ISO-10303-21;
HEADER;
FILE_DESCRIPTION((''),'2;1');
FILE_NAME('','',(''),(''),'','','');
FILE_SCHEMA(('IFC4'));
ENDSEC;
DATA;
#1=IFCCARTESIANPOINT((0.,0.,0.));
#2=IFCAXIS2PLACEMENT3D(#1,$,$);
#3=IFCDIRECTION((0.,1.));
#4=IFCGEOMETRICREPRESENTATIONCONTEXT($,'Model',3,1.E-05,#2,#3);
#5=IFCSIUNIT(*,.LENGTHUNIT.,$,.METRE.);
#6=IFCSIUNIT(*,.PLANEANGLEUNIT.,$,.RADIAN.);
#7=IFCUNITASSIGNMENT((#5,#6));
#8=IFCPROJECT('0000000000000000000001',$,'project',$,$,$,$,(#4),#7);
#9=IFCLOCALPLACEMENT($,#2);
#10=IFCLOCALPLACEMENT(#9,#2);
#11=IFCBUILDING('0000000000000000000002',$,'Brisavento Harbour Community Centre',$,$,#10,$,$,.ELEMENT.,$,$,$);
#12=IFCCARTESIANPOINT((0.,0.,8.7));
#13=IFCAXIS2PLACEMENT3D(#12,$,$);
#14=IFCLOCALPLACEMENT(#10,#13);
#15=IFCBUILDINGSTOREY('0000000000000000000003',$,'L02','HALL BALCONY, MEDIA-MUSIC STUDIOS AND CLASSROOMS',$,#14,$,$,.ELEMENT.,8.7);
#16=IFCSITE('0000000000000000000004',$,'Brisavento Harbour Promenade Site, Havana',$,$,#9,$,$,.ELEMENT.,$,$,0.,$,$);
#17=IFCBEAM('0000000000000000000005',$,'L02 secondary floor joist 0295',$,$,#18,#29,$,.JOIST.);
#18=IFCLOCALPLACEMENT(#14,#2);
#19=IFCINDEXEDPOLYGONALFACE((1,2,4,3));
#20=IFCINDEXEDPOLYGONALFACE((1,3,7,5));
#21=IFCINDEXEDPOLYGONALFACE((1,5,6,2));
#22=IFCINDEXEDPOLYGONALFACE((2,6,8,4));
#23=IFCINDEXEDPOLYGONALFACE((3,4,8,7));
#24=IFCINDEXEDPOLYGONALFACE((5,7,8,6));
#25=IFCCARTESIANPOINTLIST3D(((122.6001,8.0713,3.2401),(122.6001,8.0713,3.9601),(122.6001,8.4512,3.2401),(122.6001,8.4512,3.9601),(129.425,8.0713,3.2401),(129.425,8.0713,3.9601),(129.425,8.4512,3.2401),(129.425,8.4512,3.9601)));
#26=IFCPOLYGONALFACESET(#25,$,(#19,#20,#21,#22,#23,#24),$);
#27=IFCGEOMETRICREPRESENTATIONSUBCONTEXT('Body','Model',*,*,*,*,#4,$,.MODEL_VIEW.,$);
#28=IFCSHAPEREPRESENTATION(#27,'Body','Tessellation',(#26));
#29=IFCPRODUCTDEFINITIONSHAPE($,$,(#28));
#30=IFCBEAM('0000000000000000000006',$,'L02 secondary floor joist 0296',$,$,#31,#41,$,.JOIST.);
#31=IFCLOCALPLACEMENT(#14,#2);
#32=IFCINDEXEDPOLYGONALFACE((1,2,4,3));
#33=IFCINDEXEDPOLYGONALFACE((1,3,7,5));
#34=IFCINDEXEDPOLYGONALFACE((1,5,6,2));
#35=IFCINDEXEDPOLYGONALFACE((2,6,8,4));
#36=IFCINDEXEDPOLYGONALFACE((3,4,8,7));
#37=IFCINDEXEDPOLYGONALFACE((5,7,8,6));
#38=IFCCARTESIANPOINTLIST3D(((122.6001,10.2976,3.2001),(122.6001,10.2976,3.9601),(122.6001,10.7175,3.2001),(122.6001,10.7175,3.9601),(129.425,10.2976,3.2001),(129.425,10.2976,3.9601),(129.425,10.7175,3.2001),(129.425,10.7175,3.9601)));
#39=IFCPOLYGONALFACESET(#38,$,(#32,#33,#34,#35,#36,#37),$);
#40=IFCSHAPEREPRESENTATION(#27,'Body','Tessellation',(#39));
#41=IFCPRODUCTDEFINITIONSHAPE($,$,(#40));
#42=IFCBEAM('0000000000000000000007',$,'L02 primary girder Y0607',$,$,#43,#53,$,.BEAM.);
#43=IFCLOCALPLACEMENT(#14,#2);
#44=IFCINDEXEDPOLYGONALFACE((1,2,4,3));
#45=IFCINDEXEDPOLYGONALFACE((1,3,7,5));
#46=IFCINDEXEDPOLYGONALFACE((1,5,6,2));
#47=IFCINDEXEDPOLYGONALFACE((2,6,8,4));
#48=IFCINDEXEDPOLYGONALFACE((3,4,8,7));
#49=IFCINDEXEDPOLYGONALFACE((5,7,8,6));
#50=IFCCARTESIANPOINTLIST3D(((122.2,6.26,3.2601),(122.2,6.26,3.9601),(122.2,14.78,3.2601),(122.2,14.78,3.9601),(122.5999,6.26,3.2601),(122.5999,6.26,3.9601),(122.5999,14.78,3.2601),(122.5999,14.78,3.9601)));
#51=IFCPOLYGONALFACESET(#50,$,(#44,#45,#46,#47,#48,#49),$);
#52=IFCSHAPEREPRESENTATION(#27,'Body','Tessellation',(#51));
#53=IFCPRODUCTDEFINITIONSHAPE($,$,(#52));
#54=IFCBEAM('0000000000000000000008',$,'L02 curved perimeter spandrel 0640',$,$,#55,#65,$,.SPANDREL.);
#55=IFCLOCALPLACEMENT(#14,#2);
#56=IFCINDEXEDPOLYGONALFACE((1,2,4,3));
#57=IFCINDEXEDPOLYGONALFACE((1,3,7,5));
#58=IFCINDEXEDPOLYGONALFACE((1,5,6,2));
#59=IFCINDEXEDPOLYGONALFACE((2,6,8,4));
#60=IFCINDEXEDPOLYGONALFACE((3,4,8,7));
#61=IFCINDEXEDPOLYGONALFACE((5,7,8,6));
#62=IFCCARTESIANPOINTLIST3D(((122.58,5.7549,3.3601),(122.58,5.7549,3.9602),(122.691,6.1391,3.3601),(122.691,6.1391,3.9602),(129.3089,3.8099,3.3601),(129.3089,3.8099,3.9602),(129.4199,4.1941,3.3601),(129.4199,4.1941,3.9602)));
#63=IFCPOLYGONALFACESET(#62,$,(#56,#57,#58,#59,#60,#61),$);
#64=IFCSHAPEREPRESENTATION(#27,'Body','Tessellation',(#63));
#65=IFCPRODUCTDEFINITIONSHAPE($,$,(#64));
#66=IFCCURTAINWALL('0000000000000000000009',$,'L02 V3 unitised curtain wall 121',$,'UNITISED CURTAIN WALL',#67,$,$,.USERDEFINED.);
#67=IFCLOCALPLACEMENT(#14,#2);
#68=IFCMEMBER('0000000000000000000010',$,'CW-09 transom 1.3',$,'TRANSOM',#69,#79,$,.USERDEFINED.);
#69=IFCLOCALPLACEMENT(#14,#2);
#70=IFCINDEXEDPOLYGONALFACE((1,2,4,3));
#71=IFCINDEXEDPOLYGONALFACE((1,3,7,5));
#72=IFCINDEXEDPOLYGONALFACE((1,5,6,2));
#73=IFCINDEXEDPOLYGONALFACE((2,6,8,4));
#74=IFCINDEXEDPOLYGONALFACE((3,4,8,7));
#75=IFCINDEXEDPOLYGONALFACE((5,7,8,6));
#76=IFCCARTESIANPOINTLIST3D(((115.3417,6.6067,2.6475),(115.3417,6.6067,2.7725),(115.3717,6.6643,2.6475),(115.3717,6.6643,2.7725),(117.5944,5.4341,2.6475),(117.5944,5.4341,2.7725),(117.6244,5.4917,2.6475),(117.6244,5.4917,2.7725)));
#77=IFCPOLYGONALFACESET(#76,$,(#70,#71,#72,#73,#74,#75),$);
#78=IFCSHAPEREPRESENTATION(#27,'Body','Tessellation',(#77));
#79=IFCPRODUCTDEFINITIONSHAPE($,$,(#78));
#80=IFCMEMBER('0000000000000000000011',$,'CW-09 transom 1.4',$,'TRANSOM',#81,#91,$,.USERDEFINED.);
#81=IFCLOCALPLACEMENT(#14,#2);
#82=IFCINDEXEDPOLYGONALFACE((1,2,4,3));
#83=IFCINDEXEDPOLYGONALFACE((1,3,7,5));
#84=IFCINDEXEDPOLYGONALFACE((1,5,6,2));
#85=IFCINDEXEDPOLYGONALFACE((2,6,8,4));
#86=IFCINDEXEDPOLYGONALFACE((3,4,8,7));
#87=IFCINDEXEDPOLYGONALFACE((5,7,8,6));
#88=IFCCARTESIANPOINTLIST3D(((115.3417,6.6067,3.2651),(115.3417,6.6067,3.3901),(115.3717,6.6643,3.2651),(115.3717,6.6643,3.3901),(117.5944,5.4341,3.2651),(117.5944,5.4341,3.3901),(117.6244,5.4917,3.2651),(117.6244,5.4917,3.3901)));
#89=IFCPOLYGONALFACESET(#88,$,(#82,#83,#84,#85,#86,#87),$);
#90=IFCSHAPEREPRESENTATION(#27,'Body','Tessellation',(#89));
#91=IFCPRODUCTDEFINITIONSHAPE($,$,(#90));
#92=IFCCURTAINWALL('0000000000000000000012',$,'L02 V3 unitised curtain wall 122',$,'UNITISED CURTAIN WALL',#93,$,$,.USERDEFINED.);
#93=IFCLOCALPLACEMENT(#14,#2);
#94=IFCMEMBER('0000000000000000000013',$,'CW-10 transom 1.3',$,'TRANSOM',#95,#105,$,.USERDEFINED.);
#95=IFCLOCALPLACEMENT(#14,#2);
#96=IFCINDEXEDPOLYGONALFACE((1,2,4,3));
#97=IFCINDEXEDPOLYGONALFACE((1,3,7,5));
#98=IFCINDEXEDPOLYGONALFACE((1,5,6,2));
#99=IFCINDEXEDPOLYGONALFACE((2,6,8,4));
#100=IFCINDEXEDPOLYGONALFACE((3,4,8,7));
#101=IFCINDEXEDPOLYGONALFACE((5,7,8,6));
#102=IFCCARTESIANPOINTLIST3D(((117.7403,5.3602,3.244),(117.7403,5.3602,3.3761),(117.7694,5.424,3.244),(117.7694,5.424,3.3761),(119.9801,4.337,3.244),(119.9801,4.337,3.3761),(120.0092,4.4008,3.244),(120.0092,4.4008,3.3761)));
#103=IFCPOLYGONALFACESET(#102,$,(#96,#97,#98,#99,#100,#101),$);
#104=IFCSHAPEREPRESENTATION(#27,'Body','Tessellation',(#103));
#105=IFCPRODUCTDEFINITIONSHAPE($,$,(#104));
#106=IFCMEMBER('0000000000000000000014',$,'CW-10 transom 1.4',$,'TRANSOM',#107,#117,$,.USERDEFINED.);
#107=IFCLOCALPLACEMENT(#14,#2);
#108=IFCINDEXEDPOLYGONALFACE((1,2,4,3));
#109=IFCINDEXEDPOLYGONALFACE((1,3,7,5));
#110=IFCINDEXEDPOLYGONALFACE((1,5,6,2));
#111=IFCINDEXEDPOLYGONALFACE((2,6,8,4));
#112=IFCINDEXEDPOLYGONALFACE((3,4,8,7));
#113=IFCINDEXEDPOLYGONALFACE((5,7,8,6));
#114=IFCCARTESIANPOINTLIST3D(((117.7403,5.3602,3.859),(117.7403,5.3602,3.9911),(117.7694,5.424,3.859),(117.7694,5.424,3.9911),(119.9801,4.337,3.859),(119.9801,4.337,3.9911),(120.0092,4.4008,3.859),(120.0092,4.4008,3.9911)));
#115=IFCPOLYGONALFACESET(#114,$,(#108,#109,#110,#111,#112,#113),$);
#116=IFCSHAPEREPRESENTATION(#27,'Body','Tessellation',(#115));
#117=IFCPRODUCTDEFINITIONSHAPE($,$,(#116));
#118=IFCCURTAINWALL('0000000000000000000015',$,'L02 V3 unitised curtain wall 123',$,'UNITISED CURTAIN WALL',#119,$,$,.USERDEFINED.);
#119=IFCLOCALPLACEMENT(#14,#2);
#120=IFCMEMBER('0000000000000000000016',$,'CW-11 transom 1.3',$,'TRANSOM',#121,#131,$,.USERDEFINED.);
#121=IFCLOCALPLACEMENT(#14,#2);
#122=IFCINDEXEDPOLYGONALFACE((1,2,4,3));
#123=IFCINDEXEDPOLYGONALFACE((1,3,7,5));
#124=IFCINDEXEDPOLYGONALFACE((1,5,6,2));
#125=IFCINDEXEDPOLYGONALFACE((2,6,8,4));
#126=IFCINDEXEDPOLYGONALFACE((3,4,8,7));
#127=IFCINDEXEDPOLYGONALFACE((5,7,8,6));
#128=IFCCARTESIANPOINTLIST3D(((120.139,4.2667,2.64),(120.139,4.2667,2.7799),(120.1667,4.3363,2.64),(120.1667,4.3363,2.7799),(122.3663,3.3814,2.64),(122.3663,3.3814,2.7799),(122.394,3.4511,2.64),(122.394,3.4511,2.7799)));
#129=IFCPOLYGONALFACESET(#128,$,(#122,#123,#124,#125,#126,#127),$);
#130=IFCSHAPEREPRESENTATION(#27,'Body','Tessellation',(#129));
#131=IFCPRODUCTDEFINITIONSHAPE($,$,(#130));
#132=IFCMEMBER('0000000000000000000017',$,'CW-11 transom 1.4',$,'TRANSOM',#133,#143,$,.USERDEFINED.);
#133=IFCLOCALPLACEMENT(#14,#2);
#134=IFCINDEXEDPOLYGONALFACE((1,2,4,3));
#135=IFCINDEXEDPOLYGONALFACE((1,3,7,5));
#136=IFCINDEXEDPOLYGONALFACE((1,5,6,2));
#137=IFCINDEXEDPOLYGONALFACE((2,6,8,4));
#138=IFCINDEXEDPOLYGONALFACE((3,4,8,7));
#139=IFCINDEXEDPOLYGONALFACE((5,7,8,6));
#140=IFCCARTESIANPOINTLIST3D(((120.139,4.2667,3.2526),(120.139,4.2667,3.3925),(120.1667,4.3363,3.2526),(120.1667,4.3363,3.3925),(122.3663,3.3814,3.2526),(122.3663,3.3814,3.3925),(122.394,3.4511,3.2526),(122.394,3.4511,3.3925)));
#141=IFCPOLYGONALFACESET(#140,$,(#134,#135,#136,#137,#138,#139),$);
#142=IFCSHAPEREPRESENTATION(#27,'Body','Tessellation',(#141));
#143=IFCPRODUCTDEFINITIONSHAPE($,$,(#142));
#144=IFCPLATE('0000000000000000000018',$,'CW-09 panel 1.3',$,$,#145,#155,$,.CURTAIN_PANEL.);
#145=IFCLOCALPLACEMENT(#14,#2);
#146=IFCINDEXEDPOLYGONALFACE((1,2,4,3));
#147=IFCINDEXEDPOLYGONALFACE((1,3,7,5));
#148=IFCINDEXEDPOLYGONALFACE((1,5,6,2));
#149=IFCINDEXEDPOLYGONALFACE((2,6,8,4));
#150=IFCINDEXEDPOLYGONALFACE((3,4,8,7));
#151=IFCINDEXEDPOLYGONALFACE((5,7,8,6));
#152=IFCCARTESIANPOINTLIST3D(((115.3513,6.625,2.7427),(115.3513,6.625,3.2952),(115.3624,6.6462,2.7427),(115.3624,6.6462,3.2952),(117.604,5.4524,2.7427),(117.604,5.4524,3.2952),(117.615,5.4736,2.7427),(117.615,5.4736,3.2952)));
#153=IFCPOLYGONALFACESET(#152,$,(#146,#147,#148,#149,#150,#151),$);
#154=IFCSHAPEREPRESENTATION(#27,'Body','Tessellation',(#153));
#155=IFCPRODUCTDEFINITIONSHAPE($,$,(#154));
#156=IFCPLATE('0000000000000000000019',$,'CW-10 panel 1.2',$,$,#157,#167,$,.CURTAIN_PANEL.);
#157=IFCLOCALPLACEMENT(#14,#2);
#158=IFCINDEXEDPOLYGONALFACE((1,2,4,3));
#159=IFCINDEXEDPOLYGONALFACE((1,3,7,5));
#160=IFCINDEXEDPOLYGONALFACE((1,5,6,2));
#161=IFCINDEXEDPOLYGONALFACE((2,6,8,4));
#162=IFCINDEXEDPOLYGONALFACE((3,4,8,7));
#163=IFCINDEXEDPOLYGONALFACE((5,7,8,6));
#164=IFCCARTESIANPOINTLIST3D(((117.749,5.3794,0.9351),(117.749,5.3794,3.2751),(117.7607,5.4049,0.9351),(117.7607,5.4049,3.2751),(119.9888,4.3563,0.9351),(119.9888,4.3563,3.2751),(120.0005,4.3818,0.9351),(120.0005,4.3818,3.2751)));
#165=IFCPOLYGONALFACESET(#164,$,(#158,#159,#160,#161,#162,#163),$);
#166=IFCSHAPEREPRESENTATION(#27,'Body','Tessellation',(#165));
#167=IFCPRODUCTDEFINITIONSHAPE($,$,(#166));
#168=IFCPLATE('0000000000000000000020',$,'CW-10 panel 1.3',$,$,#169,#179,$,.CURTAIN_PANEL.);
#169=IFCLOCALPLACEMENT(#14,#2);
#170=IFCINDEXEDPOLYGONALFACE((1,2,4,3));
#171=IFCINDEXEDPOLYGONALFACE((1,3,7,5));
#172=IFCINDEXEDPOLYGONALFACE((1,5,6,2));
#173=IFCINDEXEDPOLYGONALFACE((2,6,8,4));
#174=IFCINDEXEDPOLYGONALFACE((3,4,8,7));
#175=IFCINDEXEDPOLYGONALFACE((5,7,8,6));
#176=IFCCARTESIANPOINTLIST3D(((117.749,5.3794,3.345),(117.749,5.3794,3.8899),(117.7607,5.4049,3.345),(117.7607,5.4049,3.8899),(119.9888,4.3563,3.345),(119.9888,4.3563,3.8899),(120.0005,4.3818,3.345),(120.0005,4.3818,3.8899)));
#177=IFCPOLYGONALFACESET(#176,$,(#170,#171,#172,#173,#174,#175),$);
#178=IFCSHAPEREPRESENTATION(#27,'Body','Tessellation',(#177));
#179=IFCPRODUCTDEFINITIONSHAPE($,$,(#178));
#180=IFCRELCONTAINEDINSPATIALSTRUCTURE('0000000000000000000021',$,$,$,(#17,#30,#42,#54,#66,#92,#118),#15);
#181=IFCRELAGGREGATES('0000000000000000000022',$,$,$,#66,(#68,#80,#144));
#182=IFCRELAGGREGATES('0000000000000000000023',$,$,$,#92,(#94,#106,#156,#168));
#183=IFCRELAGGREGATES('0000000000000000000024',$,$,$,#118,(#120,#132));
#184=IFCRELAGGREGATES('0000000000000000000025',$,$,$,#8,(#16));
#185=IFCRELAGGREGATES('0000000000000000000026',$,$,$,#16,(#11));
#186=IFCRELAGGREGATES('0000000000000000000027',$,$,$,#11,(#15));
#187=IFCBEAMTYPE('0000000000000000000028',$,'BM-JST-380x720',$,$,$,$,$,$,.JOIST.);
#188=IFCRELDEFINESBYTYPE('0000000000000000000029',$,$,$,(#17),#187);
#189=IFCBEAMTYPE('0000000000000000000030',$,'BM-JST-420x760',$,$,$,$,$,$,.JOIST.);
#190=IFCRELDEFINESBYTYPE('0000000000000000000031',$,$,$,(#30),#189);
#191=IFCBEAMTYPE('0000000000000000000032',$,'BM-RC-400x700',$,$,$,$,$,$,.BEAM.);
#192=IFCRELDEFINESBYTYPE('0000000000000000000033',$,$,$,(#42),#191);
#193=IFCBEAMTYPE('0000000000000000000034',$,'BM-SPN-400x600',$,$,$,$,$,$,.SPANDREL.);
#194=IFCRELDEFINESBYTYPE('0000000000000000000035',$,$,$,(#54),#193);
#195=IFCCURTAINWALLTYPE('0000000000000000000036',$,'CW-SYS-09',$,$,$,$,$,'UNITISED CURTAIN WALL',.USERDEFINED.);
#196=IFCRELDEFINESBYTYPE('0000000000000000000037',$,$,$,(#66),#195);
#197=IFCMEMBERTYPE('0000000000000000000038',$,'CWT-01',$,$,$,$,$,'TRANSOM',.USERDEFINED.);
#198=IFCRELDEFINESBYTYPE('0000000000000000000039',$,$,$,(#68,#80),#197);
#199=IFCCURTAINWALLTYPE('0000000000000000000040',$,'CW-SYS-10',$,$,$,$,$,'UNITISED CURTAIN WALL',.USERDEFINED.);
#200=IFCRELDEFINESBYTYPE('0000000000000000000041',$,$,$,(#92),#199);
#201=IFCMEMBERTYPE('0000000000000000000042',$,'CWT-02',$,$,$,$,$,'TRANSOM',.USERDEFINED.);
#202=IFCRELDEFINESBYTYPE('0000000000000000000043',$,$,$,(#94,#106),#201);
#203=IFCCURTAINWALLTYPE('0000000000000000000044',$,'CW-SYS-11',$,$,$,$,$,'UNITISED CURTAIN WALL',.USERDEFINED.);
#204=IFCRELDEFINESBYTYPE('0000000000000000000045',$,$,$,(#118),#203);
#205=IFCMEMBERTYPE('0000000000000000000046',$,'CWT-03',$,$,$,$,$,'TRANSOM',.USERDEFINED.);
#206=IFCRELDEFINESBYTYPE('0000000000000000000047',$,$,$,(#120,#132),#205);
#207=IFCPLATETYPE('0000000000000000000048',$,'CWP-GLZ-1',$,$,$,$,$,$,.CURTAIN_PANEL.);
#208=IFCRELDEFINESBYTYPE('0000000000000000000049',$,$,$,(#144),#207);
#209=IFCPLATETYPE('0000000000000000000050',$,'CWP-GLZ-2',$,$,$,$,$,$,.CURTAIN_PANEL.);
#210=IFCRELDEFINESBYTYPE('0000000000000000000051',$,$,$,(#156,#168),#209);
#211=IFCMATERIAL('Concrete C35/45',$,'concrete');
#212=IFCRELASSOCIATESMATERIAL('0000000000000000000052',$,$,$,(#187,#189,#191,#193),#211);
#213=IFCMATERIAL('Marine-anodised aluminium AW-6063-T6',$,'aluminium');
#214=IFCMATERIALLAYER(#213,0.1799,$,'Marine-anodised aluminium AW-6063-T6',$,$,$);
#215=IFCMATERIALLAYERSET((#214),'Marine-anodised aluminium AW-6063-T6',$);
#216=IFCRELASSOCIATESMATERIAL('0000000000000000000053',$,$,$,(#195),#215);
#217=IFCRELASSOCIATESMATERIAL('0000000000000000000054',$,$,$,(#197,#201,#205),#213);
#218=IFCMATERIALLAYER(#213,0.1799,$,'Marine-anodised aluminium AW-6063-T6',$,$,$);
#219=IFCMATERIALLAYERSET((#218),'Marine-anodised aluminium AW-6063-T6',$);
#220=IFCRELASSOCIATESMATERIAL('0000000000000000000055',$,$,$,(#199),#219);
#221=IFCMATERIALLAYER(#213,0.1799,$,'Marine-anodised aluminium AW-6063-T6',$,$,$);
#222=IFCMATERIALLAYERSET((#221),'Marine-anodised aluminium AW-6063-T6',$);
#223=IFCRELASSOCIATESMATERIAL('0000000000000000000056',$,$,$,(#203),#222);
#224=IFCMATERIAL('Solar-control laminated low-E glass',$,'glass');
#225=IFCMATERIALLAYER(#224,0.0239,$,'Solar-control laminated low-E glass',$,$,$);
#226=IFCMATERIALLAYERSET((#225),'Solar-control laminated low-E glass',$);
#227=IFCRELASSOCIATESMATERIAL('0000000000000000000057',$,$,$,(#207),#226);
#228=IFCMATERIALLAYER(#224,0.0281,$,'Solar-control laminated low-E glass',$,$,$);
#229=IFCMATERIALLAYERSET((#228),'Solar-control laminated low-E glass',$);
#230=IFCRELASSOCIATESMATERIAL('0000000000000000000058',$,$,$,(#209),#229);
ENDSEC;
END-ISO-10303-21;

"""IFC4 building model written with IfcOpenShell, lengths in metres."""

from ifc_helpers import new_model, si_unit, direction, frame, origin, origin_2d, place, context, subcontext, project, spatial, rectangle, extrude, material, layer, layer_set, material_profile, profile_set, type_object, element, aggregate, save


model = new_model("IFC4")

# Units and contexts
model_context = context("Model", 3, precision=1e-05, world=origin(), true_north=direction((0.0, 1.0)))
body_context = subcontext(model_context, "Body", "Model", "MODEL_VIEW")
ifc_project = project(units=[si_unit("LENGTHUNIT", "METRE"), si_unit("PLANEANGLEUNIT", "RADIAN")], contexts=[model_context])

# Site, building, storey
site_placement = place(None, origin())
site = spatial("IfcSite", under=ifc_project, at=site_placement, Name="Brisavento Harbour Promenade Site, Havana", CompositionType="ELEMENT", RefElevation=0.0)
building_placement = place(site_placement, origin())
building = spatial("IfcBuilding", under=site, at=building_placement, Name="Brisavento Harbour Community Centre", CompositionType="ELEMENT")
storey_placement = place(building_placement, frame((0.0, 0.0, 8.7)))
storey = spatial("IfcBuildingStorey", under=building, at=storey_placement, Name="L02", Description="HALL BALCONY, MEDIA-MUSIC STUDIOS AND CLASSROOMS", CompositionType="ELEMENT", Elevation=8.7)

# Beams
ifc_material_1 = material(Name="Concrete C35/45", Category="concrete")
ifc_material_profile_1 = material_profile(ifc_material_1, rectangle(XDim=0.3799, YDim=0.72, at=origin_2d()), Name="Concrete C35/45")
ifc_profile_set_1 = profile_set([ifc_material_profile_1], Name="Concrete C35/45")
beam_type_1 = type_object("IfcBeamType", Name="BM-JST-380x720", PredefinedType="JOIST", material=ifc_profile_set_1)
beam_1_placement = place(storey_placement, frame((122.6001, 8.2612, 3.6001), z_axis=(1.0, 0.0, 0.0), x_axis=(0.0, 1.0, 0.0)))
element("IfcBeam", 1, at=beam_1_placement, inside=storey, type_object=beam_type_1, Name="L02 secondary floor joist 0295", PredefinedType="JOIST", context=body_context, shape_type="SweptSolid", body=[
    extrude(rectangle(XDim=0.3799, YDim=0.72, at=origin_2d()), origin(), (0.0, 0.0, 1.0), 6.825),
])
ifc_material_profile_2 = material_profile(ifc_material_1, rectangle(XDim=0.4199, YDim=0.76, at=origin_2d()), Name="Concrete C35/45")
ifc_profile_set_2 = profile_set([ifc_material_profile_2], Name="Concrete C35/45")
beam_type_2 = type_object("IfcBeamType", Name="BM-JST-420x760", PredefinedType="JOIST", material=ifc_profile_set_2)
beam_2_placement = place(storey_placement, frame((122.6001, 10.5076, 3.5801), z_axis=(1.0, 0.0, 0.0), x_axis=(0.0, 1.0, 0.0)))
element("IfcBeam", 2, at=beam_2_placement, inside=storey, type_object=beam_type_2, Name="L02 secondary floor joist 0296", PredefinedType="JOIST", context=body_context, shape_type="SweptSolid", body=[
    extrude(rectangle(XDim=0.4199, YDim=0.76, at=origin_2d()), origin(), (0.0, 0.0, 1.0), 6.825),
])
ifc_material_profile_3 = material_profile(ifc_material_1, rectangle(XDim=0.3999, YDim=0.7, at=origin_2d()), Name="Concrete C35/45")
ifc_profile_set_3 = profile_set([ifc_material_profile_3], Name="Concrete C35/45")
beam_type_3 = type_object("IfcBeamType", Name="BM-RC-400x700", PredefinedType="BEAM", material=ifc_profile_set_3)
beam_3_placement = place(storey_placement, frame((122.3999, 6.26, 3.6101), z_axis=(0.0, 1.0, 0.0), x_axis=(-1.0, 0.0, 0.0)))
element("IfcBeam", 3, at=beam_3_placement, inside=storey, type_object=beam_type_3, Name="L02 primary girder Y0607", PredefinedType="BEAM", context=body_context, shape_type="SweptSolid", body=[
    extrude(rectangle(XDim=0.3999, YDim=0.7, at=origin_2d()), origin(), (0.0, 0.0, 1.0), 8.52),
])
ifc_material_profile_4 = material_profile(ifc_material_1, rectangle(XDim=0.3999, YDim=0.6001, at=origin_2d()), Name="Concrete C35/45")
ifc_profile_set_4 = profile_set([ifc_material_profile_4], Name="Concrete C35/45")
beam_type_4 = type_object("IfcBeamType", Name="BM-SPN-400x600", PredefinedType="SPANDREL", material=ifc_profile_set_4)
beam_4_placement = place(storey_placement, frame((122.6355, 5.947, 3.6602), z_axis=(0.960671, -0.277689, 0.0), x_axis=(0.277689, 0.960671, 0.0)))
element("IfcBeam", 4, at=beam_4_placement, inside=storey, type_object=beam_type_4, Name="L02 curved perimeter spandrel 0640", PredefinedType="SPANDREL", context=body_context, shape_type="SweptSolid", body=[
    extrude(rectangle(XDim=0.3999, YDim=0.6001, at=origin_2d()), origin(), (0.0, 0.0, 1.0), 7.0044),
])

# Curtain walls, members
ifc_material_2 = material(Name="Marine-anodised aluminium AW-6063-T6", Category="aluminium")
ifc_layer_1 = layer(ifc_material_2, 0.1799, Name="Marine-anodised aluminium AW-6063-T6")
ifc_layer_set_1 = layer_set([ifc_layer_1], Name="Marine-anodised aluminium AW-6063-T6")
curtain_wall_type_1 = type_object("IfcCurtainWallType", Name="CW-SYS-09", ElementType="UNITISED CURTAIN WALL", PredefinedType="USERDEFINED", material=ifc_layer_set_1)
curtain_wall_1_placement = place(storey_placement, origin())
curtain_wall_1 = element("IfcCurtainWall", 5, at=curtain_wall_1_placement, inside=storey, type_object=curtain_wall_type_1, Name="L02 V3 unitised curtain wall 121", ObjectType="UNITISED CURTAIN WALL", PredefinedType="USERDEFINED")
ifc_material_profile_5 = material_profile(ifc_material_2, rectangle(XDim=0.0649, YDim=0.125, at=origin_2d()), Name="Marine-anodised aluminium AW-6063-T6")
ifc_profile_set_5 = profile_set([ifc_material_profile_5], Name="Marine-anodised aluminium AW-6063-T6")
member_type_1 = type_object("IfcMemberType", Name="CWT-01", ElementType="TRANSOM", PredefinedType="USERDEFINED", material=ifc_profile_set_5)
member_1_placement = place(storey_placement, frame((117.6094, 5.4629, 2.71), z_axis=(-0.887022, 0.461728, 0.0), x_axis=(-0.461728, -0.887022, 0.0)))
member_1 = element("IfcMember", 6, at=member_1_placement, type_object=member_type_1, Name="CW-09 transom 1.3", ObjectType="TRANSOM", PredefinedType="USERDEFINED", context=body_context, shape_type="SweptSolid", body=[
    extrude(rectangle(XDim=0.0649, YDim=0.125, at=origin_2d()), origin(), (0.0, 0.0, 1.0), 2.5396),
])
member_2_placement = place(storey_placement, frame((117.6094, 5.4629, 3.3276), z_axis=(-0.887022, 0.461728, 0.0), x_axis=(-0.461728, -0.887022, 0.0)))
member_2 = element("IfcMember", 7, at=member_2_placement, type_object=member_type_1, Name="CW-09 transom 1.4", ObjectType="TRANSOM", PredefinedType="USERDEFINED", context=body_context, shape_type="SweptSolid", body=[
    extrude(rectangle(XDim=0.0649, YDim=0.125, at=origin_2d()), origin(), (0.0, 0.0, 1.0), 2.5396),
])
ifc_layer_2 = layer(ifc_material_2, 0.1799, Name="Marine-anodised aluminium AW-6063-T6")
ifc_layer_set_2 = layer_set([ifc_layer_2], Name="Marine-anodised aluminium AW-6063-T6")
curtain_wall_type_2 = type_object("IfcCurtainWallType", Name="CW-SYS-10", ElementType="UNITISED CURTAIN WALL", PredefinedType="USERDEFINED", material=ifc_layer_set_2)
curtain_wall_2_placement = place(storey_placement, origin())
curtain_wall_2 = element("IfcCurtainWall", 8, at=curtain_wall_2_placement, inside=storey, type_object=curtain_wall_type_2, Name="L02 V3 unitised curtain wall 122", ObjectType="UNITISED CURTAIN WALL", PredefinedType="USERDEFINED")
ifc_material_profile_6 = material_profile(ifc_material_2, rectangle(XDim=0.0701, YDim=0.1321, at=origin_2d()), Name="Marine-anodised aluminium AW-6063-T6")
ifc_profile_set_6 = profile_set([ifc_material_profile_6], Name="Marine-anodised aluminium AW-6063-T6")
member_type_2 = type_object("IfcMemberType", Name="CWT-02", ElementType="TRANSOM", PredefinedType="USERDEFINED", material=ifc_profile_set_6)
member_3_placement = place(storey_placement, frame((119.9946, 4.3689, 3.3101), z_axis=(-0.90958, 0.415528, 0.0), x_axis=(-0.415528, -0.90958, 0.0)))
member_3 = element("IfcMember", 9, at=member_3_placement, type_object=member_type_2, Name="CW-10 transom 1.3", ObjectType="TRANSOM", PredefinedType="USERDEFINED", context=body_context, shape_type="SweptSolid", body=[
    extrude(rectangle(XDim=0.0701, YDim=0.1321, at=origin_2d()), origin(), (0.0, 0.0, 1.0), 2.4624),
])
member_4_placement = place(storey_placement, frame((119.9946, 4.3689, 3.925), z_axis=(-0.90958, 0.415528, 0.0), x_axis=(-0.415528, -0.90958, 0.0)))
member_4 = element("IfcMember", 10, at=member_4_placement, type_object=member_type_2, Name="CW-10 transom 1.4", ObjectType="TRANSOM", PredefinedType="USERDEFINED", context=body_context, shape_type="SweptSolid", body=[
    extrude(rectangle(XDim=0.0701, YDim=0.1321, at=origin_2d()), origin(), (0.0, 0.0, 1.0), 2.4624),
])
ifc_layer_3 = layer(ifc_material_2, 0.1799, Name="Marine-anodised aluminium AW-6063-T6")
ifc_layer_set_3 = layer_set([ifc_layer_3], Name="Marine-anodised aluminium AW-6063-T6")
curtain_wall_type_3 = type_object("IfcCurtainWallType", Name="CW-SYS-11", ElementType="UNITISED CURTAIN WALL", PredefinedType="USERDEFINED", material=ifc_layer_set_3)
curtain_wall_3_placement = place(storey_placement, origin())
curtain_wall_3 = element("IfcCurtainWall", 11, at=curtain_wall_3_placement, inside=storey, type_object=curtain_wall_type_3, Name="L02 V3 unitised curtain wall 123", ObjectType="UNITISED CURTAIN WALL", PredefinedType="USERDEFINED")
ifc_material_profile_7 = material_profile(ifc_material_2, rectangle(XDim=0.075, YDim=0.1399, at=origin_2d()), Name="Marine-anodised aluminium AW-6063-T6")
ifc_profile_set_7 = profile_set([ifc_material_profile_7], Name="Marine-anodised aluminium AW-6063-T6")
member_type_3 = type_object("IfcMemberType", Name="CWT-03", ElementType="TRANSOM", PredefinedType="USERDEFINED", material=ifc_profile_set_7)
member_5_placement = place(storey_placement, frame((122.3801, 3.4163, 2.71), z_axis=(-0.929289, 0.369353, 0.0), x_axis=(-0.369353, -0.929289, 0.0)))
member_5 = element("IfcMember", 12, at=member_5_placement, type_object=member_type_3, Name="CW-11 transom 1.3", ObjectType="TRANSOM", PredefinedType="USERDEFINED", context=body_context, shape_type="SweptSolid", body=[
    extrude(rectangle(XDim=0.075, YDim=0.1399, at=origin_2d()), origin(), (0.0, 0.0, 1.0), 2.3967),
])
member_6_placement = place(storey_placement, frame((122.3801, 3.4163, 3.3225), z_axis=(-0.929289, 0.369353, 0.0), x_axis=(-0.369353, -0.929289, 0.0)))
member_6 = element("IfcMember", 13, at=member_6_placement, type_object=member_type_3, Name="CW-11 transom 1.4", ObjectType="TRANSOM", PredefinedType="USERDEFINED", context=body_context, shape_type="SweptSolid", body=[
    extrude(rectangle(XDim=0.075, YDim=0.1399, at=origin_2d()), origin(), (0.0, 0.0, 1.0), 2.3967),
])

# Plates
ifc_material_3 = material(Name="Solar-control laminated low-E glass", Category="glass")
ifc_layer_4 = layer(ifc_material_3, 0.0239, Name="Solar-control laminated low-E glass")
ifc_layer_set_4 = layer_set([ifc_layer_4], Name="Solar-control laminated low-E glass")
plate_type_1 = type_object("IfcPlateType", Name="CWP-GLZ-1", PredefinedType="CURTAIN_PANEL", material=ifc_layer_set_4)
plate_1_placement = place(storey_placement, frame((116.4832, 6.0493, 2.7427), z_axis=(0.0, 0.0, 1.0), x_axis=(-0.887027, 0.461718, 0.0)))
plate_1 = element("IfcPlate", 14, at=plate_1_placement, type_object=plate_type_1, Name="CW-09 panel 1.3", PredefinedType="CURTAIN_PANEL", context=body_context, shape_type="SweptSolid", body=[
    extrude(rectangle(XDim=2.5396, YDim=0.0239, at=origin_2d()), origin(), (0.0, 0.0, 1.0), 0.5525),
])
aggregate(curtain_wall_1, [member_1, member_2, plate_1])
ifc_layer_5 = layer(ifc_material_3, 0.0281, Name="Solar-control laminated low-E glass")
ifc_layer_set_5 = layer_set([ifc_layer_5], Name="Solar-control laminated low-E glass")
plate_type_2 = type_object("IfcPlateType", Name="CWP-GLZ-2", PredefinedType="CURTAIN_PANEL", material=ifc_layer_set_5)
plate_2_placement = place(storey_placement, frame((118.8748, 4.8806, 0.9351), z_axis=(0.0, 0.0, 1.0), x_axis=(-0.909598, 0.41549, 0.0)))
plate_2 = element("IfcPlate", 15, at=plate_2_placement, type_object=plate_type_2, Name="CW-10 panel 1.2", PredefinedType="CURTAIN_PANEL", context=body_context, shape_type="SweptSolid", body=[
    extrude(rectangle(XDim=2.4624, YDim=0.0281, at=origin_2d()), origin(), (0.0, 0.0, 1.0), 2.3401),
])
plate_3_placement = place(storey_placement, frame((118.8748, 4.8806, 3.345), z_axis=(0.0, 0.0, 1.0), x_axis=(-0.909598, 0.41549, 0.0)))
plate_3 = element("IfcPlate", 16, at=plate_3_placement, type_object=plate_type_2, Name="CW-10 panel 1.3", PredefinedType="CURTAIN_PANEL", context=body_context, shape_type="SweptSolid", body=[
    extrude(rectangle(XDim=2.4624, YDim=0.0281, at=origin_2d()), origin(), (0.0, 0.0, 1.0), 0.5449),
])
aggregate(curtain_wall_2, [member_3, member_4, plate_2, plate_3])
aggregate(curtain_wall_3, [member_5, member_6])

save(model, "model.ifc")
